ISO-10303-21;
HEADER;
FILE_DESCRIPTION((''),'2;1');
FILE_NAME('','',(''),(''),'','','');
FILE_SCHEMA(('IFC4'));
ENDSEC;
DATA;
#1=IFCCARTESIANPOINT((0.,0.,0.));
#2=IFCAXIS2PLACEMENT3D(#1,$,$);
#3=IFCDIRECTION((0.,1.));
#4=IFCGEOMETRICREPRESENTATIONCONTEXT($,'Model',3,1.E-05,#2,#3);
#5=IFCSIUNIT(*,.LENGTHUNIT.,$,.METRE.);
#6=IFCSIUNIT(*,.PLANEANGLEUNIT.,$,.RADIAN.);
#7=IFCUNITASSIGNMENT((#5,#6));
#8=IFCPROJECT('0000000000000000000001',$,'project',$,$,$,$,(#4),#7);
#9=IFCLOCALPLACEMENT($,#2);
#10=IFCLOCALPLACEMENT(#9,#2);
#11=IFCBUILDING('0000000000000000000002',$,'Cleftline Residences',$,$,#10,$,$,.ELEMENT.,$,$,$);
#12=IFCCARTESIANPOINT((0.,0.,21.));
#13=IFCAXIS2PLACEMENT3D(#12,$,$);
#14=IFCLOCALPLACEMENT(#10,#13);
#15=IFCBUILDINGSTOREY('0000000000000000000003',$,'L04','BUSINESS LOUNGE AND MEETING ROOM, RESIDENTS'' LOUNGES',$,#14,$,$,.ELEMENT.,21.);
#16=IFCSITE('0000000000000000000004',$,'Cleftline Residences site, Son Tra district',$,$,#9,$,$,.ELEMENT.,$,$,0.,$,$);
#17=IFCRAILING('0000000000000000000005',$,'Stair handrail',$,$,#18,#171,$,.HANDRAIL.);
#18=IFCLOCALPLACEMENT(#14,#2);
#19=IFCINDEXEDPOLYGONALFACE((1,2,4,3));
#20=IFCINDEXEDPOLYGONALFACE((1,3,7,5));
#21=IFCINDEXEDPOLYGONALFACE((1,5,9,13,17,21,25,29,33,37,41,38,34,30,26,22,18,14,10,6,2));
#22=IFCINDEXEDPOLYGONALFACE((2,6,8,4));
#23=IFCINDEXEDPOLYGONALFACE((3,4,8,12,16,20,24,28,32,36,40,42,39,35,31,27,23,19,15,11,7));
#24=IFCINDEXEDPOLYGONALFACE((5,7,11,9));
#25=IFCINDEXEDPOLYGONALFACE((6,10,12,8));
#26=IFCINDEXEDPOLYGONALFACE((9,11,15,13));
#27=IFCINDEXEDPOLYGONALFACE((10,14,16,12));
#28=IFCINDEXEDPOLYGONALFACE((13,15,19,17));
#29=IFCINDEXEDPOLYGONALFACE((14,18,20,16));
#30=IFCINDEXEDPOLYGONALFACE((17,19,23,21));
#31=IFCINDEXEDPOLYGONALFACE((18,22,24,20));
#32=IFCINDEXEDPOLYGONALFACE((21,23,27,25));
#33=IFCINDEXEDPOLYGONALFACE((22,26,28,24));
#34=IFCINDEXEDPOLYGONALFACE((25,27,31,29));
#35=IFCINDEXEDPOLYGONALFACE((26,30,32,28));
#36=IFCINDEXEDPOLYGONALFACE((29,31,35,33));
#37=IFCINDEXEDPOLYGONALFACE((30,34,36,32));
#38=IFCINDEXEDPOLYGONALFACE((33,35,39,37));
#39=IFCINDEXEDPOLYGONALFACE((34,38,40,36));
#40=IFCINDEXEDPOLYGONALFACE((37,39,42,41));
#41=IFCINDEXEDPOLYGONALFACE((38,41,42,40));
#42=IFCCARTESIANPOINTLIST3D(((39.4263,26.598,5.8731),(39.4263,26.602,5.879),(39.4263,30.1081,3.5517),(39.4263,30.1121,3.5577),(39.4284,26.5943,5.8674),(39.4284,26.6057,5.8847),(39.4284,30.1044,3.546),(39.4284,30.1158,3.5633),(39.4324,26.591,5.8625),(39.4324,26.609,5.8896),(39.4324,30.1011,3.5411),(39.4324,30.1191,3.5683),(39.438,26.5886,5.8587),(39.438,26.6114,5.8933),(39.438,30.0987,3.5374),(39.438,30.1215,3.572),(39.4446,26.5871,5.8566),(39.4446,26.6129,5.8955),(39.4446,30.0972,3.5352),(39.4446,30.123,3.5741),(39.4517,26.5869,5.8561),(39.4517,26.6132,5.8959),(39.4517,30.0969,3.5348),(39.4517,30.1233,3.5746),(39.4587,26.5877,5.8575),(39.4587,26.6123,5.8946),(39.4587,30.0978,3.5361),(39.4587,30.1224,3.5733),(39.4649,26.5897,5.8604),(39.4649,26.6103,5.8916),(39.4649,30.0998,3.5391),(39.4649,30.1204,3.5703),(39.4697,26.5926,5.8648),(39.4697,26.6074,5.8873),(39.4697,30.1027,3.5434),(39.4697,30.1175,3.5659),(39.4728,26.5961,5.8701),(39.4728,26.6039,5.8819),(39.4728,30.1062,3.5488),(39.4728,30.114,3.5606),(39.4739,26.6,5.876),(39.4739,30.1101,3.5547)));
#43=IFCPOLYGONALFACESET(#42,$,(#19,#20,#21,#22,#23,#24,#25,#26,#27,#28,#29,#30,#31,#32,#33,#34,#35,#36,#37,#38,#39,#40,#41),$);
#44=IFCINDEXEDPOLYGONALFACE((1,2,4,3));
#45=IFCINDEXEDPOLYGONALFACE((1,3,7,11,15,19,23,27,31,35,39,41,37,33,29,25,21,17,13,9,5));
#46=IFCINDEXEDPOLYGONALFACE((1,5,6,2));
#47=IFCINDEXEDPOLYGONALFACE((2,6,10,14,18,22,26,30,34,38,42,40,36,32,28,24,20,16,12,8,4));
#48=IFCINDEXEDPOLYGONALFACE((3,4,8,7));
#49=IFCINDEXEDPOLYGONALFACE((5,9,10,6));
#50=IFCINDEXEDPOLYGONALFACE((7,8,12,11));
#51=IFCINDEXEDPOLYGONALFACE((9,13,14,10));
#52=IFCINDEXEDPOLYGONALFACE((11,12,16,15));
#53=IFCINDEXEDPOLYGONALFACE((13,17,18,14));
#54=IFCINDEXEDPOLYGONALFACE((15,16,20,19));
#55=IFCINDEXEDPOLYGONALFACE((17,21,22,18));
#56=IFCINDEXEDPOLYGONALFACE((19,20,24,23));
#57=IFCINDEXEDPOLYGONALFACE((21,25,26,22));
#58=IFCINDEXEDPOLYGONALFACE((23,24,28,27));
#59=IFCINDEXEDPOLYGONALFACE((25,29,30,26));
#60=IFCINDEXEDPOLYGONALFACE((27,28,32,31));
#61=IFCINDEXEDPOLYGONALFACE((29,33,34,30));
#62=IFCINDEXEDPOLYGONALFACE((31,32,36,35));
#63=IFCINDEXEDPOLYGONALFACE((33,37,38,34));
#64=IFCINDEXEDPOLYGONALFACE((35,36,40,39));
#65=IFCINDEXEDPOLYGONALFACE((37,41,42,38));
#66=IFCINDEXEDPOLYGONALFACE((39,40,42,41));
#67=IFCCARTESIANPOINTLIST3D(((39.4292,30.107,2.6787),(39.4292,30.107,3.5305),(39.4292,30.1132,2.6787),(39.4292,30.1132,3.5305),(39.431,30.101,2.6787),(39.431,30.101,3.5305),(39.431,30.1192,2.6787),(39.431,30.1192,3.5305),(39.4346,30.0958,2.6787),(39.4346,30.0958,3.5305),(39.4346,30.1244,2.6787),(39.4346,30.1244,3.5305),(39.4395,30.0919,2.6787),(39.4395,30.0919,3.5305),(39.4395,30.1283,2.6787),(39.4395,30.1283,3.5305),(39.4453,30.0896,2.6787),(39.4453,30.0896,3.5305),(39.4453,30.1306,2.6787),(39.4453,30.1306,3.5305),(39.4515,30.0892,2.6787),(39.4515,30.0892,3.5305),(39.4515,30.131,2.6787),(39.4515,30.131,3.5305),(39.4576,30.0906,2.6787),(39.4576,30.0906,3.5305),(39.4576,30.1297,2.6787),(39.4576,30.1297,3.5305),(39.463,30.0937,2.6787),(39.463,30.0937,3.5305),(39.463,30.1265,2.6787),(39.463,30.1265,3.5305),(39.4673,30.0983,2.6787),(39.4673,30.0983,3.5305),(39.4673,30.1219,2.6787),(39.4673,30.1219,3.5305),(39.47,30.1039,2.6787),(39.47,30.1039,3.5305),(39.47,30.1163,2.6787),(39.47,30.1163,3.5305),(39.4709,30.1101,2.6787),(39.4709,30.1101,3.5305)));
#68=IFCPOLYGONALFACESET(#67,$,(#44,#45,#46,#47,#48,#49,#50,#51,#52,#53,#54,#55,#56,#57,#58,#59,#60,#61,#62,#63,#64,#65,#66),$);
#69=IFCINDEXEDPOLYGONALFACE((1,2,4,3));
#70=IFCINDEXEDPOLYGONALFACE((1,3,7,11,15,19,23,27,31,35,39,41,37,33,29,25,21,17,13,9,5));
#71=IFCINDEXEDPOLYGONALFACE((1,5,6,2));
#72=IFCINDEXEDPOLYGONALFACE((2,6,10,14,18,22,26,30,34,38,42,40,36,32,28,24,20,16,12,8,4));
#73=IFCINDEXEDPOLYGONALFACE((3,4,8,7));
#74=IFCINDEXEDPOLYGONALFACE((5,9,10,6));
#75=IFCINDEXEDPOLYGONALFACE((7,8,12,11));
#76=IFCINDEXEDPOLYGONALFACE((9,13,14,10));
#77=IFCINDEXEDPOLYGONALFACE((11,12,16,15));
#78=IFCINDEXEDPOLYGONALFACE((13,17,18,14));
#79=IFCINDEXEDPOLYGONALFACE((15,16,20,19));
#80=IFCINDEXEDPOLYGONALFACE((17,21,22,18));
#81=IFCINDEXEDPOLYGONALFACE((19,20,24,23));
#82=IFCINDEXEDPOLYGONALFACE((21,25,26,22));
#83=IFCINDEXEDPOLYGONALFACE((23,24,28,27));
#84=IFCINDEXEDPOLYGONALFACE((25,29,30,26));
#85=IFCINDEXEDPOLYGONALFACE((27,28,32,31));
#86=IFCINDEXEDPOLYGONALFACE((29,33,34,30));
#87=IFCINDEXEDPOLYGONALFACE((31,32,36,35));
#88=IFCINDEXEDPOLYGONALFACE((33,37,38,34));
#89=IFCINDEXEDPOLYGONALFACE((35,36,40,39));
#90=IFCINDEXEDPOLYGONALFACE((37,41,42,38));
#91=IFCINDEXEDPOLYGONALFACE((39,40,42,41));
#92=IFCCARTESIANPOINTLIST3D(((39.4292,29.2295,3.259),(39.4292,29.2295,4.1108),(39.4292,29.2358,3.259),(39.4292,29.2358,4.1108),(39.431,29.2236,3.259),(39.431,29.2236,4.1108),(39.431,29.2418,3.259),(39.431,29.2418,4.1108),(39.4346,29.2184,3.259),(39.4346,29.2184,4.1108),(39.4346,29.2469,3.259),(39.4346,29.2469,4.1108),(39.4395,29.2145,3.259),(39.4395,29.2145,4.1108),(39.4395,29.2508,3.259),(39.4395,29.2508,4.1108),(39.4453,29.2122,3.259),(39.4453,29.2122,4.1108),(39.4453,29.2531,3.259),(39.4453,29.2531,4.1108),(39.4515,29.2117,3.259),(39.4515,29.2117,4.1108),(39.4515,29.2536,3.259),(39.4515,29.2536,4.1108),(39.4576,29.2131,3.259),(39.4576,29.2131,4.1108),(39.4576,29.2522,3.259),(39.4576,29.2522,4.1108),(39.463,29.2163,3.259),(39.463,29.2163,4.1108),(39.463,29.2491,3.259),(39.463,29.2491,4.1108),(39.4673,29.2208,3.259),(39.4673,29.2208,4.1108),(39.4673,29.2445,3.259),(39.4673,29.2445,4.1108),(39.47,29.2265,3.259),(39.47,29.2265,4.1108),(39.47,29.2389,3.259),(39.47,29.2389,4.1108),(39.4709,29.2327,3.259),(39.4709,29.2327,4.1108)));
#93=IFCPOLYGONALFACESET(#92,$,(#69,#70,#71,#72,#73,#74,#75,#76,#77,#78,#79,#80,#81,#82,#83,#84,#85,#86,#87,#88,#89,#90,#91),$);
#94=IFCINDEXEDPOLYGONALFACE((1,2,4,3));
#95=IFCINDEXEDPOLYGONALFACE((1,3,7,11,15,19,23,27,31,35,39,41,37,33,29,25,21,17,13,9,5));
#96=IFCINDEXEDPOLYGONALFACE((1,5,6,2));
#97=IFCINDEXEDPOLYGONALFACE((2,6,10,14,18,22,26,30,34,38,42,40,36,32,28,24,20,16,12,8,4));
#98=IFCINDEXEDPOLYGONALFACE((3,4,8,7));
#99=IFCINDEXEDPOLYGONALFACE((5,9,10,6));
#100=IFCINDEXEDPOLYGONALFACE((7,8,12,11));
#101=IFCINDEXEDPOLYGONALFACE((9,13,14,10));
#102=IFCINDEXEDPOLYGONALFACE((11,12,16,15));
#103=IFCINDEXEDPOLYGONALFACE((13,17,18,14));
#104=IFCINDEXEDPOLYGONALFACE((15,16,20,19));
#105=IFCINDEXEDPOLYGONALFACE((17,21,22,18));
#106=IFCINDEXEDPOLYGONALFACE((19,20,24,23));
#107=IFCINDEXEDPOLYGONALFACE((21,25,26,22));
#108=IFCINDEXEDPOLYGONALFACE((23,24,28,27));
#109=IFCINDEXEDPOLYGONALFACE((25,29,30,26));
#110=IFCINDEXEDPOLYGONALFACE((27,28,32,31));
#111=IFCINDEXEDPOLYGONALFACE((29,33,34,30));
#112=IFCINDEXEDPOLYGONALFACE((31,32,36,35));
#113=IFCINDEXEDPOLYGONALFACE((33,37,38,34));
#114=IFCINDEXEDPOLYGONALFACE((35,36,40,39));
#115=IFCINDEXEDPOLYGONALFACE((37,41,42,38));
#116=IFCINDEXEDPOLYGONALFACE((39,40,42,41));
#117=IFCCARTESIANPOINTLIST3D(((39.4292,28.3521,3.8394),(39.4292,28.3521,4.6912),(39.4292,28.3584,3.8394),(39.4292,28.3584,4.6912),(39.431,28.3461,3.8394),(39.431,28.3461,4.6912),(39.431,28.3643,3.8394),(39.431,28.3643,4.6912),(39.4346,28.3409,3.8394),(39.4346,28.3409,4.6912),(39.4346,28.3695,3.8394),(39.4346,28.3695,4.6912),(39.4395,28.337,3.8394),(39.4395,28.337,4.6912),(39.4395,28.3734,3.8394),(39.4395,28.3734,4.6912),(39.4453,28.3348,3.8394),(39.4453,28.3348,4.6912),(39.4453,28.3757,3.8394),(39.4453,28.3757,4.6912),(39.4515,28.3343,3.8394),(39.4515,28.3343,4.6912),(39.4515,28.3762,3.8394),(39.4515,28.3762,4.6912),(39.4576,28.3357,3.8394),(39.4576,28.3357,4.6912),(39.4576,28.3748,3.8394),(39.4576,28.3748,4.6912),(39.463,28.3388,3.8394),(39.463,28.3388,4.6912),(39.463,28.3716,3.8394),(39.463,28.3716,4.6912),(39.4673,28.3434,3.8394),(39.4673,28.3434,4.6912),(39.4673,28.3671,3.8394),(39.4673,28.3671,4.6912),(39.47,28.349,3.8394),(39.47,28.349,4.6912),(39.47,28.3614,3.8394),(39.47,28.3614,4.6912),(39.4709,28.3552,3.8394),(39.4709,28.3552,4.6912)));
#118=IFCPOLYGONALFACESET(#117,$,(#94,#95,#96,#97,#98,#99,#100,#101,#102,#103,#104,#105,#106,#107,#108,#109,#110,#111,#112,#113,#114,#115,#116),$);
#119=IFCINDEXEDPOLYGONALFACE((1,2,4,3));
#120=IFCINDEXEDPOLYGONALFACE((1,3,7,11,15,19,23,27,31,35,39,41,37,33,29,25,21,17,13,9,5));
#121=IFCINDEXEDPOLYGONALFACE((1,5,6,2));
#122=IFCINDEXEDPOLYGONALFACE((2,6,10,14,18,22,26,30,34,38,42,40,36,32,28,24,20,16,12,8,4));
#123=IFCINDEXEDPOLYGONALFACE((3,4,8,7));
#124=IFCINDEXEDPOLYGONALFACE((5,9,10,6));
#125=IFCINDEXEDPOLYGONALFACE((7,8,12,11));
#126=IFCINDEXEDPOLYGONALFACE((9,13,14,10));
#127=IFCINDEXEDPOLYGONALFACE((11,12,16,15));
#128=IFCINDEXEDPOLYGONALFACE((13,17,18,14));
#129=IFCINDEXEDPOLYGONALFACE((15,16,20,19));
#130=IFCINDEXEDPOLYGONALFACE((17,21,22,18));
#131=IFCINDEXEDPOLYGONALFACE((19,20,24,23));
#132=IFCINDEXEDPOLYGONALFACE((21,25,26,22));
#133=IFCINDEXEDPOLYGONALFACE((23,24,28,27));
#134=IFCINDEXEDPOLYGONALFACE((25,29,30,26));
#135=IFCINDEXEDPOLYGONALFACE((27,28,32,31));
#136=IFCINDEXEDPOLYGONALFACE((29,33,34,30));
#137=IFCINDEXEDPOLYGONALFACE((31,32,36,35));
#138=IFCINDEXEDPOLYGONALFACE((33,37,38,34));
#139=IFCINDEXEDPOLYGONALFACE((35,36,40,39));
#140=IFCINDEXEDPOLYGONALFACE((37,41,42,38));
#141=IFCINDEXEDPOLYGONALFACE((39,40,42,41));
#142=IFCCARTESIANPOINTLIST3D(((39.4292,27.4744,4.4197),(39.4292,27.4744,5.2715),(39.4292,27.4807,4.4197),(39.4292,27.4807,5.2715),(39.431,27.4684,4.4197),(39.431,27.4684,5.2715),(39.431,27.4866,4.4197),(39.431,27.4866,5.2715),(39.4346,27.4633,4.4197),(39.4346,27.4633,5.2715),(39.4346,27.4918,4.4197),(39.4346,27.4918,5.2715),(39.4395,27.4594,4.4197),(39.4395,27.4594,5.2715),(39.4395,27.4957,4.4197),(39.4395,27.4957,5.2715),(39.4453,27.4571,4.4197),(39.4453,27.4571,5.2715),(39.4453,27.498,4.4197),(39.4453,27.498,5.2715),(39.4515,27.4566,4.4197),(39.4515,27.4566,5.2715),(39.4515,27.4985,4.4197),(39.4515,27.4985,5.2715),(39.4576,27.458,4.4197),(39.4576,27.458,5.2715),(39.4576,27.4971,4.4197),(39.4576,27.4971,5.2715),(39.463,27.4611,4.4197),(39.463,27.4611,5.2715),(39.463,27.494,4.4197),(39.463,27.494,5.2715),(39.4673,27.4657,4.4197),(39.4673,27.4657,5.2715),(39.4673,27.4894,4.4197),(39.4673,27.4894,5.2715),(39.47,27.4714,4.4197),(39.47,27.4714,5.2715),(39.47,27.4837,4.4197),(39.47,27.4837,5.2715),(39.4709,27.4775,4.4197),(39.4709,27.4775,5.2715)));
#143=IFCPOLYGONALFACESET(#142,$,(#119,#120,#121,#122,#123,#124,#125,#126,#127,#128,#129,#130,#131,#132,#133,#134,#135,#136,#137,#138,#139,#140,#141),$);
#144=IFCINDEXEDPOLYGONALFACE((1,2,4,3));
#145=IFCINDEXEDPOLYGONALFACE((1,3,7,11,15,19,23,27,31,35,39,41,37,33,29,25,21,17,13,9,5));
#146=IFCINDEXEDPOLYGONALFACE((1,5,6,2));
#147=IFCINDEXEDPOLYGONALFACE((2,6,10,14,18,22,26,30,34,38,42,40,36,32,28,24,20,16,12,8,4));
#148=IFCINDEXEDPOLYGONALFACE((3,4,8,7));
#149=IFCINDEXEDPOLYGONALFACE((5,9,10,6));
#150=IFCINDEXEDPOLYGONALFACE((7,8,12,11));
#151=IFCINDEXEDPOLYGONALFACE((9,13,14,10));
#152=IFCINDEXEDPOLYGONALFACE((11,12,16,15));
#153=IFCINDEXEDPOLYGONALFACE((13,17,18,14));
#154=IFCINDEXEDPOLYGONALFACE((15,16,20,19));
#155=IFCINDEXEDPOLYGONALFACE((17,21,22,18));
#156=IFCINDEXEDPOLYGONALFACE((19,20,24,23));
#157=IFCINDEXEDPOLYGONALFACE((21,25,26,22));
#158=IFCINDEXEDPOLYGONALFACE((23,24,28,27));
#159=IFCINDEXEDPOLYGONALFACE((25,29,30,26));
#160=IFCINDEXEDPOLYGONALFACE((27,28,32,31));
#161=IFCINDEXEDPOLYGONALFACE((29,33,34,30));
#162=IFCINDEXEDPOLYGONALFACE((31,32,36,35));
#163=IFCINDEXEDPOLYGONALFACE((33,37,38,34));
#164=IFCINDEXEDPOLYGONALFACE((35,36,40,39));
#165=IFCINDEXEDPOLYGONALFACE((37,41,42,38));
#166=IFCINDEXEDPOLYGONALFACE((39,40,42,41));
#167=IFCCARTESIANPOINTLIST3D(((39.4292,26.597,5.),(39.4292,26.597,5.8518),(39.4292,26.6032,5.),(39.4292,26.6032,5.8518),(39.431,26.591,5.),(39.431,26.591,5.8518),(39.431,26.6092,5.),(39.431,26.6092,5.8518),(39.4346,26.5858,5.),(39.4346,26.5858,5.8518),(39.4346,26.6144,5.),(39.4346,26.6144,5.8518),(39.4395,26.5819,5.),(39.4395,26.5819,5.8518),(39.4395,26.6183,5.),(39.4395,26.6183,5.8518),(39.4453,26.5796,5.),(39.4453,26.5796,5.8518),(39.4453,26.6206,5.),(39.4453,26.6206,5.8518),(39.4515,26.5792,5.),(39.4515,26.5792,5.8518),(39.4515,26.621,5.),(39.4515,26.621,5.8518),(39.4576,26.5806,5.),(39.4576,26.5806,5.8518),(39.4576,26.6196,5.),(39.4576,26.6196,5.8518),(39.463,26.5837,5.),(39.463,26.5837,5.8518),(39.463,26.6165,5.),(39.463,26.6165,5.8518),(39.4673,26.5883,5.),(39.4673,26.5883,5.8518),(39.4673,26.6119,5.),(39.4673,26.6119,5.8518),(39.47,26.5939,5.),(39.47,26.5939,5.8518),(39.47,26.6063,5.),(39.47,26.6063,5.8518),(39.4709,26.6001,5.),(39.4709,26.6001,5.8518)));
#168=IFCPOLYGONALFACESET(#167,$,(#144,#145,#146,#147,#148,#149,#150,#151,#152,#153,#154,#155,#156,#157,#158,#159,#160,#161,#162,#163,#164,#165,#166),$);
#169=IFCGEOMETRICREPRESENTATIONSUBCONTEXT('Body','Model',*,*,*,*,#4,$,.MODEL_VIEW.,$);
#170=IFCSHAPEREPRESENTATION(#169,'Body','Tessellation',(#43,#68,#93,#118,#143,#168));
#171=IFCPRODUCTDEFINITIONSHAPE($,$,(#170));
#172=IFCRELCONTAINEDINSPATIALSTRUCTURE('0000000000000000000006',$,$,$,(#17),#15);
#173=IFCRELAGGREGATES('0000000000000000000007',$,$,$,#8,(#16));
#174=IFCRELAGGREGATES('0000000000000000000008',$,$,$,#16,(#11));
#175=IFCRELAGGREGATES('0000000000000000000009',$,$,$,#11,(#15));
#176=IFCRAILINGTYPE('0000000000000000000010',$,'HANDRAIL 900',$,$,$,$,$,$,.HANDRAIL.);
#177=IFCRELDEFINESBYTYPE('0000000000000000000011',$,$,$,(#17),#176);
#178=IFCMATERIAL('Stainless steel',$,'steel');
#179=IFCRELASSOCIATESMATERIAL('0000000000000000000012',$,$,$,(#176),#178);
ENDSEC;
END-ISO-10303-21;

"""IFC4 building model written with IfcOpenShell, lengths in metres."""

from ifc_helpers import new_model, si_unit, direction, frame, origin, origin_2d, place, context, subcontext, project, spatial, circle, extrude, material, type_object, element, save


model = new_model("IFC4")

# Units and contexts
model_context = context("Model", 3, precision=1e-05, world=origin(), true_north=direction((0.0, 1.0)))
body_context = subcontext(model_context, "Body", "Model", "MODEL_VIEW")
ifc_project = project(units=[si_unit("LENGTHUNIT", "METRE"), si_unit("PLANEANGLEUNIT", "RADIAN")], contexts=[model_context])

# Site, building, storey
site_placement = place(None, origin())
site = spatial("IfcSite", under=ifc_project, at=site_placement, Name="Cleftline Residences site, Son Tra district", CompositionType="ELEMENT", RefElevation=0.0)
building_placement = place(site_placement, origin())
building = spatial("IfcBuilding", under=site, at=building_placement, Name="Cleftline Residences", CompositionType="ELEMENT")
storey_placement = place(building_placement, frame((0.0, 0.0, 21.0)))
storey = spatial("IfcBuildingStorey", under=building, at=storey_placement, Name="L04", Description="BUSINESS LOUNGE AND MEETING ROOM, RESIDENTS' LOUNGES", CompositionType="ELEMENT", Elevation=21.0)

# Railing
ifc_material_1 = material(Name="Stainless steel", Category="steel")
railing_type_1 = type_object("IfcRailingType", Name="HANDRAIL 900", PredefinedType="HANDRAIL", material=ifc_material_1)
railing_1_placement = place(storey_placement, frame((39.45, 30.1101, 2.6787)))
element("IfcRailing", 1, at=railing_1_placement, inside=storey, type_object=railing_type_1, Name="Stair handrail", PredefinedType="HANDRAIL", context=body_context, shape_type="SweptSolid", body=[
    extrude(circle(Radius=0.0239, at=origin_2d()), frame((0.0, 0.0, 0.876), z_axis=(0.0, -0.834097, 0.551617), x_axis=(1.0, 0.0, 0.0)), (0.0, 0.0, 1.0), 4.2083),
    extrude(circle(Radius=0.021, at=origin_2d()), origin(), (0.0, 0.0, 1.0), 0.8518),
    extrude(circle(Radius=0.021, at=origin_2d()), frame((0.0, -0.8774, 0.5803)), (0.0, 0.0, 1.0), 0.8518),
    extrude(circle(Radius=0.021, at=origin_2d()), frame((0.0, -1.7549, 1.1606)), (0.0, 0.0, 1.0), 0.8518),
    extrude(circle(Radius=0.021, at=origin_2d()), frame((0.0, -2.6326, 1.741)), (0.0, 0.0, 1.0), 0.8518),
    extrude(circle(Radius=0.021, at=origin_2d()), frame((0.0, -3.51, 2.3213)), (0.0, 0.0, 1.0), 0.8518),
])

save(model, "model.ifc")
